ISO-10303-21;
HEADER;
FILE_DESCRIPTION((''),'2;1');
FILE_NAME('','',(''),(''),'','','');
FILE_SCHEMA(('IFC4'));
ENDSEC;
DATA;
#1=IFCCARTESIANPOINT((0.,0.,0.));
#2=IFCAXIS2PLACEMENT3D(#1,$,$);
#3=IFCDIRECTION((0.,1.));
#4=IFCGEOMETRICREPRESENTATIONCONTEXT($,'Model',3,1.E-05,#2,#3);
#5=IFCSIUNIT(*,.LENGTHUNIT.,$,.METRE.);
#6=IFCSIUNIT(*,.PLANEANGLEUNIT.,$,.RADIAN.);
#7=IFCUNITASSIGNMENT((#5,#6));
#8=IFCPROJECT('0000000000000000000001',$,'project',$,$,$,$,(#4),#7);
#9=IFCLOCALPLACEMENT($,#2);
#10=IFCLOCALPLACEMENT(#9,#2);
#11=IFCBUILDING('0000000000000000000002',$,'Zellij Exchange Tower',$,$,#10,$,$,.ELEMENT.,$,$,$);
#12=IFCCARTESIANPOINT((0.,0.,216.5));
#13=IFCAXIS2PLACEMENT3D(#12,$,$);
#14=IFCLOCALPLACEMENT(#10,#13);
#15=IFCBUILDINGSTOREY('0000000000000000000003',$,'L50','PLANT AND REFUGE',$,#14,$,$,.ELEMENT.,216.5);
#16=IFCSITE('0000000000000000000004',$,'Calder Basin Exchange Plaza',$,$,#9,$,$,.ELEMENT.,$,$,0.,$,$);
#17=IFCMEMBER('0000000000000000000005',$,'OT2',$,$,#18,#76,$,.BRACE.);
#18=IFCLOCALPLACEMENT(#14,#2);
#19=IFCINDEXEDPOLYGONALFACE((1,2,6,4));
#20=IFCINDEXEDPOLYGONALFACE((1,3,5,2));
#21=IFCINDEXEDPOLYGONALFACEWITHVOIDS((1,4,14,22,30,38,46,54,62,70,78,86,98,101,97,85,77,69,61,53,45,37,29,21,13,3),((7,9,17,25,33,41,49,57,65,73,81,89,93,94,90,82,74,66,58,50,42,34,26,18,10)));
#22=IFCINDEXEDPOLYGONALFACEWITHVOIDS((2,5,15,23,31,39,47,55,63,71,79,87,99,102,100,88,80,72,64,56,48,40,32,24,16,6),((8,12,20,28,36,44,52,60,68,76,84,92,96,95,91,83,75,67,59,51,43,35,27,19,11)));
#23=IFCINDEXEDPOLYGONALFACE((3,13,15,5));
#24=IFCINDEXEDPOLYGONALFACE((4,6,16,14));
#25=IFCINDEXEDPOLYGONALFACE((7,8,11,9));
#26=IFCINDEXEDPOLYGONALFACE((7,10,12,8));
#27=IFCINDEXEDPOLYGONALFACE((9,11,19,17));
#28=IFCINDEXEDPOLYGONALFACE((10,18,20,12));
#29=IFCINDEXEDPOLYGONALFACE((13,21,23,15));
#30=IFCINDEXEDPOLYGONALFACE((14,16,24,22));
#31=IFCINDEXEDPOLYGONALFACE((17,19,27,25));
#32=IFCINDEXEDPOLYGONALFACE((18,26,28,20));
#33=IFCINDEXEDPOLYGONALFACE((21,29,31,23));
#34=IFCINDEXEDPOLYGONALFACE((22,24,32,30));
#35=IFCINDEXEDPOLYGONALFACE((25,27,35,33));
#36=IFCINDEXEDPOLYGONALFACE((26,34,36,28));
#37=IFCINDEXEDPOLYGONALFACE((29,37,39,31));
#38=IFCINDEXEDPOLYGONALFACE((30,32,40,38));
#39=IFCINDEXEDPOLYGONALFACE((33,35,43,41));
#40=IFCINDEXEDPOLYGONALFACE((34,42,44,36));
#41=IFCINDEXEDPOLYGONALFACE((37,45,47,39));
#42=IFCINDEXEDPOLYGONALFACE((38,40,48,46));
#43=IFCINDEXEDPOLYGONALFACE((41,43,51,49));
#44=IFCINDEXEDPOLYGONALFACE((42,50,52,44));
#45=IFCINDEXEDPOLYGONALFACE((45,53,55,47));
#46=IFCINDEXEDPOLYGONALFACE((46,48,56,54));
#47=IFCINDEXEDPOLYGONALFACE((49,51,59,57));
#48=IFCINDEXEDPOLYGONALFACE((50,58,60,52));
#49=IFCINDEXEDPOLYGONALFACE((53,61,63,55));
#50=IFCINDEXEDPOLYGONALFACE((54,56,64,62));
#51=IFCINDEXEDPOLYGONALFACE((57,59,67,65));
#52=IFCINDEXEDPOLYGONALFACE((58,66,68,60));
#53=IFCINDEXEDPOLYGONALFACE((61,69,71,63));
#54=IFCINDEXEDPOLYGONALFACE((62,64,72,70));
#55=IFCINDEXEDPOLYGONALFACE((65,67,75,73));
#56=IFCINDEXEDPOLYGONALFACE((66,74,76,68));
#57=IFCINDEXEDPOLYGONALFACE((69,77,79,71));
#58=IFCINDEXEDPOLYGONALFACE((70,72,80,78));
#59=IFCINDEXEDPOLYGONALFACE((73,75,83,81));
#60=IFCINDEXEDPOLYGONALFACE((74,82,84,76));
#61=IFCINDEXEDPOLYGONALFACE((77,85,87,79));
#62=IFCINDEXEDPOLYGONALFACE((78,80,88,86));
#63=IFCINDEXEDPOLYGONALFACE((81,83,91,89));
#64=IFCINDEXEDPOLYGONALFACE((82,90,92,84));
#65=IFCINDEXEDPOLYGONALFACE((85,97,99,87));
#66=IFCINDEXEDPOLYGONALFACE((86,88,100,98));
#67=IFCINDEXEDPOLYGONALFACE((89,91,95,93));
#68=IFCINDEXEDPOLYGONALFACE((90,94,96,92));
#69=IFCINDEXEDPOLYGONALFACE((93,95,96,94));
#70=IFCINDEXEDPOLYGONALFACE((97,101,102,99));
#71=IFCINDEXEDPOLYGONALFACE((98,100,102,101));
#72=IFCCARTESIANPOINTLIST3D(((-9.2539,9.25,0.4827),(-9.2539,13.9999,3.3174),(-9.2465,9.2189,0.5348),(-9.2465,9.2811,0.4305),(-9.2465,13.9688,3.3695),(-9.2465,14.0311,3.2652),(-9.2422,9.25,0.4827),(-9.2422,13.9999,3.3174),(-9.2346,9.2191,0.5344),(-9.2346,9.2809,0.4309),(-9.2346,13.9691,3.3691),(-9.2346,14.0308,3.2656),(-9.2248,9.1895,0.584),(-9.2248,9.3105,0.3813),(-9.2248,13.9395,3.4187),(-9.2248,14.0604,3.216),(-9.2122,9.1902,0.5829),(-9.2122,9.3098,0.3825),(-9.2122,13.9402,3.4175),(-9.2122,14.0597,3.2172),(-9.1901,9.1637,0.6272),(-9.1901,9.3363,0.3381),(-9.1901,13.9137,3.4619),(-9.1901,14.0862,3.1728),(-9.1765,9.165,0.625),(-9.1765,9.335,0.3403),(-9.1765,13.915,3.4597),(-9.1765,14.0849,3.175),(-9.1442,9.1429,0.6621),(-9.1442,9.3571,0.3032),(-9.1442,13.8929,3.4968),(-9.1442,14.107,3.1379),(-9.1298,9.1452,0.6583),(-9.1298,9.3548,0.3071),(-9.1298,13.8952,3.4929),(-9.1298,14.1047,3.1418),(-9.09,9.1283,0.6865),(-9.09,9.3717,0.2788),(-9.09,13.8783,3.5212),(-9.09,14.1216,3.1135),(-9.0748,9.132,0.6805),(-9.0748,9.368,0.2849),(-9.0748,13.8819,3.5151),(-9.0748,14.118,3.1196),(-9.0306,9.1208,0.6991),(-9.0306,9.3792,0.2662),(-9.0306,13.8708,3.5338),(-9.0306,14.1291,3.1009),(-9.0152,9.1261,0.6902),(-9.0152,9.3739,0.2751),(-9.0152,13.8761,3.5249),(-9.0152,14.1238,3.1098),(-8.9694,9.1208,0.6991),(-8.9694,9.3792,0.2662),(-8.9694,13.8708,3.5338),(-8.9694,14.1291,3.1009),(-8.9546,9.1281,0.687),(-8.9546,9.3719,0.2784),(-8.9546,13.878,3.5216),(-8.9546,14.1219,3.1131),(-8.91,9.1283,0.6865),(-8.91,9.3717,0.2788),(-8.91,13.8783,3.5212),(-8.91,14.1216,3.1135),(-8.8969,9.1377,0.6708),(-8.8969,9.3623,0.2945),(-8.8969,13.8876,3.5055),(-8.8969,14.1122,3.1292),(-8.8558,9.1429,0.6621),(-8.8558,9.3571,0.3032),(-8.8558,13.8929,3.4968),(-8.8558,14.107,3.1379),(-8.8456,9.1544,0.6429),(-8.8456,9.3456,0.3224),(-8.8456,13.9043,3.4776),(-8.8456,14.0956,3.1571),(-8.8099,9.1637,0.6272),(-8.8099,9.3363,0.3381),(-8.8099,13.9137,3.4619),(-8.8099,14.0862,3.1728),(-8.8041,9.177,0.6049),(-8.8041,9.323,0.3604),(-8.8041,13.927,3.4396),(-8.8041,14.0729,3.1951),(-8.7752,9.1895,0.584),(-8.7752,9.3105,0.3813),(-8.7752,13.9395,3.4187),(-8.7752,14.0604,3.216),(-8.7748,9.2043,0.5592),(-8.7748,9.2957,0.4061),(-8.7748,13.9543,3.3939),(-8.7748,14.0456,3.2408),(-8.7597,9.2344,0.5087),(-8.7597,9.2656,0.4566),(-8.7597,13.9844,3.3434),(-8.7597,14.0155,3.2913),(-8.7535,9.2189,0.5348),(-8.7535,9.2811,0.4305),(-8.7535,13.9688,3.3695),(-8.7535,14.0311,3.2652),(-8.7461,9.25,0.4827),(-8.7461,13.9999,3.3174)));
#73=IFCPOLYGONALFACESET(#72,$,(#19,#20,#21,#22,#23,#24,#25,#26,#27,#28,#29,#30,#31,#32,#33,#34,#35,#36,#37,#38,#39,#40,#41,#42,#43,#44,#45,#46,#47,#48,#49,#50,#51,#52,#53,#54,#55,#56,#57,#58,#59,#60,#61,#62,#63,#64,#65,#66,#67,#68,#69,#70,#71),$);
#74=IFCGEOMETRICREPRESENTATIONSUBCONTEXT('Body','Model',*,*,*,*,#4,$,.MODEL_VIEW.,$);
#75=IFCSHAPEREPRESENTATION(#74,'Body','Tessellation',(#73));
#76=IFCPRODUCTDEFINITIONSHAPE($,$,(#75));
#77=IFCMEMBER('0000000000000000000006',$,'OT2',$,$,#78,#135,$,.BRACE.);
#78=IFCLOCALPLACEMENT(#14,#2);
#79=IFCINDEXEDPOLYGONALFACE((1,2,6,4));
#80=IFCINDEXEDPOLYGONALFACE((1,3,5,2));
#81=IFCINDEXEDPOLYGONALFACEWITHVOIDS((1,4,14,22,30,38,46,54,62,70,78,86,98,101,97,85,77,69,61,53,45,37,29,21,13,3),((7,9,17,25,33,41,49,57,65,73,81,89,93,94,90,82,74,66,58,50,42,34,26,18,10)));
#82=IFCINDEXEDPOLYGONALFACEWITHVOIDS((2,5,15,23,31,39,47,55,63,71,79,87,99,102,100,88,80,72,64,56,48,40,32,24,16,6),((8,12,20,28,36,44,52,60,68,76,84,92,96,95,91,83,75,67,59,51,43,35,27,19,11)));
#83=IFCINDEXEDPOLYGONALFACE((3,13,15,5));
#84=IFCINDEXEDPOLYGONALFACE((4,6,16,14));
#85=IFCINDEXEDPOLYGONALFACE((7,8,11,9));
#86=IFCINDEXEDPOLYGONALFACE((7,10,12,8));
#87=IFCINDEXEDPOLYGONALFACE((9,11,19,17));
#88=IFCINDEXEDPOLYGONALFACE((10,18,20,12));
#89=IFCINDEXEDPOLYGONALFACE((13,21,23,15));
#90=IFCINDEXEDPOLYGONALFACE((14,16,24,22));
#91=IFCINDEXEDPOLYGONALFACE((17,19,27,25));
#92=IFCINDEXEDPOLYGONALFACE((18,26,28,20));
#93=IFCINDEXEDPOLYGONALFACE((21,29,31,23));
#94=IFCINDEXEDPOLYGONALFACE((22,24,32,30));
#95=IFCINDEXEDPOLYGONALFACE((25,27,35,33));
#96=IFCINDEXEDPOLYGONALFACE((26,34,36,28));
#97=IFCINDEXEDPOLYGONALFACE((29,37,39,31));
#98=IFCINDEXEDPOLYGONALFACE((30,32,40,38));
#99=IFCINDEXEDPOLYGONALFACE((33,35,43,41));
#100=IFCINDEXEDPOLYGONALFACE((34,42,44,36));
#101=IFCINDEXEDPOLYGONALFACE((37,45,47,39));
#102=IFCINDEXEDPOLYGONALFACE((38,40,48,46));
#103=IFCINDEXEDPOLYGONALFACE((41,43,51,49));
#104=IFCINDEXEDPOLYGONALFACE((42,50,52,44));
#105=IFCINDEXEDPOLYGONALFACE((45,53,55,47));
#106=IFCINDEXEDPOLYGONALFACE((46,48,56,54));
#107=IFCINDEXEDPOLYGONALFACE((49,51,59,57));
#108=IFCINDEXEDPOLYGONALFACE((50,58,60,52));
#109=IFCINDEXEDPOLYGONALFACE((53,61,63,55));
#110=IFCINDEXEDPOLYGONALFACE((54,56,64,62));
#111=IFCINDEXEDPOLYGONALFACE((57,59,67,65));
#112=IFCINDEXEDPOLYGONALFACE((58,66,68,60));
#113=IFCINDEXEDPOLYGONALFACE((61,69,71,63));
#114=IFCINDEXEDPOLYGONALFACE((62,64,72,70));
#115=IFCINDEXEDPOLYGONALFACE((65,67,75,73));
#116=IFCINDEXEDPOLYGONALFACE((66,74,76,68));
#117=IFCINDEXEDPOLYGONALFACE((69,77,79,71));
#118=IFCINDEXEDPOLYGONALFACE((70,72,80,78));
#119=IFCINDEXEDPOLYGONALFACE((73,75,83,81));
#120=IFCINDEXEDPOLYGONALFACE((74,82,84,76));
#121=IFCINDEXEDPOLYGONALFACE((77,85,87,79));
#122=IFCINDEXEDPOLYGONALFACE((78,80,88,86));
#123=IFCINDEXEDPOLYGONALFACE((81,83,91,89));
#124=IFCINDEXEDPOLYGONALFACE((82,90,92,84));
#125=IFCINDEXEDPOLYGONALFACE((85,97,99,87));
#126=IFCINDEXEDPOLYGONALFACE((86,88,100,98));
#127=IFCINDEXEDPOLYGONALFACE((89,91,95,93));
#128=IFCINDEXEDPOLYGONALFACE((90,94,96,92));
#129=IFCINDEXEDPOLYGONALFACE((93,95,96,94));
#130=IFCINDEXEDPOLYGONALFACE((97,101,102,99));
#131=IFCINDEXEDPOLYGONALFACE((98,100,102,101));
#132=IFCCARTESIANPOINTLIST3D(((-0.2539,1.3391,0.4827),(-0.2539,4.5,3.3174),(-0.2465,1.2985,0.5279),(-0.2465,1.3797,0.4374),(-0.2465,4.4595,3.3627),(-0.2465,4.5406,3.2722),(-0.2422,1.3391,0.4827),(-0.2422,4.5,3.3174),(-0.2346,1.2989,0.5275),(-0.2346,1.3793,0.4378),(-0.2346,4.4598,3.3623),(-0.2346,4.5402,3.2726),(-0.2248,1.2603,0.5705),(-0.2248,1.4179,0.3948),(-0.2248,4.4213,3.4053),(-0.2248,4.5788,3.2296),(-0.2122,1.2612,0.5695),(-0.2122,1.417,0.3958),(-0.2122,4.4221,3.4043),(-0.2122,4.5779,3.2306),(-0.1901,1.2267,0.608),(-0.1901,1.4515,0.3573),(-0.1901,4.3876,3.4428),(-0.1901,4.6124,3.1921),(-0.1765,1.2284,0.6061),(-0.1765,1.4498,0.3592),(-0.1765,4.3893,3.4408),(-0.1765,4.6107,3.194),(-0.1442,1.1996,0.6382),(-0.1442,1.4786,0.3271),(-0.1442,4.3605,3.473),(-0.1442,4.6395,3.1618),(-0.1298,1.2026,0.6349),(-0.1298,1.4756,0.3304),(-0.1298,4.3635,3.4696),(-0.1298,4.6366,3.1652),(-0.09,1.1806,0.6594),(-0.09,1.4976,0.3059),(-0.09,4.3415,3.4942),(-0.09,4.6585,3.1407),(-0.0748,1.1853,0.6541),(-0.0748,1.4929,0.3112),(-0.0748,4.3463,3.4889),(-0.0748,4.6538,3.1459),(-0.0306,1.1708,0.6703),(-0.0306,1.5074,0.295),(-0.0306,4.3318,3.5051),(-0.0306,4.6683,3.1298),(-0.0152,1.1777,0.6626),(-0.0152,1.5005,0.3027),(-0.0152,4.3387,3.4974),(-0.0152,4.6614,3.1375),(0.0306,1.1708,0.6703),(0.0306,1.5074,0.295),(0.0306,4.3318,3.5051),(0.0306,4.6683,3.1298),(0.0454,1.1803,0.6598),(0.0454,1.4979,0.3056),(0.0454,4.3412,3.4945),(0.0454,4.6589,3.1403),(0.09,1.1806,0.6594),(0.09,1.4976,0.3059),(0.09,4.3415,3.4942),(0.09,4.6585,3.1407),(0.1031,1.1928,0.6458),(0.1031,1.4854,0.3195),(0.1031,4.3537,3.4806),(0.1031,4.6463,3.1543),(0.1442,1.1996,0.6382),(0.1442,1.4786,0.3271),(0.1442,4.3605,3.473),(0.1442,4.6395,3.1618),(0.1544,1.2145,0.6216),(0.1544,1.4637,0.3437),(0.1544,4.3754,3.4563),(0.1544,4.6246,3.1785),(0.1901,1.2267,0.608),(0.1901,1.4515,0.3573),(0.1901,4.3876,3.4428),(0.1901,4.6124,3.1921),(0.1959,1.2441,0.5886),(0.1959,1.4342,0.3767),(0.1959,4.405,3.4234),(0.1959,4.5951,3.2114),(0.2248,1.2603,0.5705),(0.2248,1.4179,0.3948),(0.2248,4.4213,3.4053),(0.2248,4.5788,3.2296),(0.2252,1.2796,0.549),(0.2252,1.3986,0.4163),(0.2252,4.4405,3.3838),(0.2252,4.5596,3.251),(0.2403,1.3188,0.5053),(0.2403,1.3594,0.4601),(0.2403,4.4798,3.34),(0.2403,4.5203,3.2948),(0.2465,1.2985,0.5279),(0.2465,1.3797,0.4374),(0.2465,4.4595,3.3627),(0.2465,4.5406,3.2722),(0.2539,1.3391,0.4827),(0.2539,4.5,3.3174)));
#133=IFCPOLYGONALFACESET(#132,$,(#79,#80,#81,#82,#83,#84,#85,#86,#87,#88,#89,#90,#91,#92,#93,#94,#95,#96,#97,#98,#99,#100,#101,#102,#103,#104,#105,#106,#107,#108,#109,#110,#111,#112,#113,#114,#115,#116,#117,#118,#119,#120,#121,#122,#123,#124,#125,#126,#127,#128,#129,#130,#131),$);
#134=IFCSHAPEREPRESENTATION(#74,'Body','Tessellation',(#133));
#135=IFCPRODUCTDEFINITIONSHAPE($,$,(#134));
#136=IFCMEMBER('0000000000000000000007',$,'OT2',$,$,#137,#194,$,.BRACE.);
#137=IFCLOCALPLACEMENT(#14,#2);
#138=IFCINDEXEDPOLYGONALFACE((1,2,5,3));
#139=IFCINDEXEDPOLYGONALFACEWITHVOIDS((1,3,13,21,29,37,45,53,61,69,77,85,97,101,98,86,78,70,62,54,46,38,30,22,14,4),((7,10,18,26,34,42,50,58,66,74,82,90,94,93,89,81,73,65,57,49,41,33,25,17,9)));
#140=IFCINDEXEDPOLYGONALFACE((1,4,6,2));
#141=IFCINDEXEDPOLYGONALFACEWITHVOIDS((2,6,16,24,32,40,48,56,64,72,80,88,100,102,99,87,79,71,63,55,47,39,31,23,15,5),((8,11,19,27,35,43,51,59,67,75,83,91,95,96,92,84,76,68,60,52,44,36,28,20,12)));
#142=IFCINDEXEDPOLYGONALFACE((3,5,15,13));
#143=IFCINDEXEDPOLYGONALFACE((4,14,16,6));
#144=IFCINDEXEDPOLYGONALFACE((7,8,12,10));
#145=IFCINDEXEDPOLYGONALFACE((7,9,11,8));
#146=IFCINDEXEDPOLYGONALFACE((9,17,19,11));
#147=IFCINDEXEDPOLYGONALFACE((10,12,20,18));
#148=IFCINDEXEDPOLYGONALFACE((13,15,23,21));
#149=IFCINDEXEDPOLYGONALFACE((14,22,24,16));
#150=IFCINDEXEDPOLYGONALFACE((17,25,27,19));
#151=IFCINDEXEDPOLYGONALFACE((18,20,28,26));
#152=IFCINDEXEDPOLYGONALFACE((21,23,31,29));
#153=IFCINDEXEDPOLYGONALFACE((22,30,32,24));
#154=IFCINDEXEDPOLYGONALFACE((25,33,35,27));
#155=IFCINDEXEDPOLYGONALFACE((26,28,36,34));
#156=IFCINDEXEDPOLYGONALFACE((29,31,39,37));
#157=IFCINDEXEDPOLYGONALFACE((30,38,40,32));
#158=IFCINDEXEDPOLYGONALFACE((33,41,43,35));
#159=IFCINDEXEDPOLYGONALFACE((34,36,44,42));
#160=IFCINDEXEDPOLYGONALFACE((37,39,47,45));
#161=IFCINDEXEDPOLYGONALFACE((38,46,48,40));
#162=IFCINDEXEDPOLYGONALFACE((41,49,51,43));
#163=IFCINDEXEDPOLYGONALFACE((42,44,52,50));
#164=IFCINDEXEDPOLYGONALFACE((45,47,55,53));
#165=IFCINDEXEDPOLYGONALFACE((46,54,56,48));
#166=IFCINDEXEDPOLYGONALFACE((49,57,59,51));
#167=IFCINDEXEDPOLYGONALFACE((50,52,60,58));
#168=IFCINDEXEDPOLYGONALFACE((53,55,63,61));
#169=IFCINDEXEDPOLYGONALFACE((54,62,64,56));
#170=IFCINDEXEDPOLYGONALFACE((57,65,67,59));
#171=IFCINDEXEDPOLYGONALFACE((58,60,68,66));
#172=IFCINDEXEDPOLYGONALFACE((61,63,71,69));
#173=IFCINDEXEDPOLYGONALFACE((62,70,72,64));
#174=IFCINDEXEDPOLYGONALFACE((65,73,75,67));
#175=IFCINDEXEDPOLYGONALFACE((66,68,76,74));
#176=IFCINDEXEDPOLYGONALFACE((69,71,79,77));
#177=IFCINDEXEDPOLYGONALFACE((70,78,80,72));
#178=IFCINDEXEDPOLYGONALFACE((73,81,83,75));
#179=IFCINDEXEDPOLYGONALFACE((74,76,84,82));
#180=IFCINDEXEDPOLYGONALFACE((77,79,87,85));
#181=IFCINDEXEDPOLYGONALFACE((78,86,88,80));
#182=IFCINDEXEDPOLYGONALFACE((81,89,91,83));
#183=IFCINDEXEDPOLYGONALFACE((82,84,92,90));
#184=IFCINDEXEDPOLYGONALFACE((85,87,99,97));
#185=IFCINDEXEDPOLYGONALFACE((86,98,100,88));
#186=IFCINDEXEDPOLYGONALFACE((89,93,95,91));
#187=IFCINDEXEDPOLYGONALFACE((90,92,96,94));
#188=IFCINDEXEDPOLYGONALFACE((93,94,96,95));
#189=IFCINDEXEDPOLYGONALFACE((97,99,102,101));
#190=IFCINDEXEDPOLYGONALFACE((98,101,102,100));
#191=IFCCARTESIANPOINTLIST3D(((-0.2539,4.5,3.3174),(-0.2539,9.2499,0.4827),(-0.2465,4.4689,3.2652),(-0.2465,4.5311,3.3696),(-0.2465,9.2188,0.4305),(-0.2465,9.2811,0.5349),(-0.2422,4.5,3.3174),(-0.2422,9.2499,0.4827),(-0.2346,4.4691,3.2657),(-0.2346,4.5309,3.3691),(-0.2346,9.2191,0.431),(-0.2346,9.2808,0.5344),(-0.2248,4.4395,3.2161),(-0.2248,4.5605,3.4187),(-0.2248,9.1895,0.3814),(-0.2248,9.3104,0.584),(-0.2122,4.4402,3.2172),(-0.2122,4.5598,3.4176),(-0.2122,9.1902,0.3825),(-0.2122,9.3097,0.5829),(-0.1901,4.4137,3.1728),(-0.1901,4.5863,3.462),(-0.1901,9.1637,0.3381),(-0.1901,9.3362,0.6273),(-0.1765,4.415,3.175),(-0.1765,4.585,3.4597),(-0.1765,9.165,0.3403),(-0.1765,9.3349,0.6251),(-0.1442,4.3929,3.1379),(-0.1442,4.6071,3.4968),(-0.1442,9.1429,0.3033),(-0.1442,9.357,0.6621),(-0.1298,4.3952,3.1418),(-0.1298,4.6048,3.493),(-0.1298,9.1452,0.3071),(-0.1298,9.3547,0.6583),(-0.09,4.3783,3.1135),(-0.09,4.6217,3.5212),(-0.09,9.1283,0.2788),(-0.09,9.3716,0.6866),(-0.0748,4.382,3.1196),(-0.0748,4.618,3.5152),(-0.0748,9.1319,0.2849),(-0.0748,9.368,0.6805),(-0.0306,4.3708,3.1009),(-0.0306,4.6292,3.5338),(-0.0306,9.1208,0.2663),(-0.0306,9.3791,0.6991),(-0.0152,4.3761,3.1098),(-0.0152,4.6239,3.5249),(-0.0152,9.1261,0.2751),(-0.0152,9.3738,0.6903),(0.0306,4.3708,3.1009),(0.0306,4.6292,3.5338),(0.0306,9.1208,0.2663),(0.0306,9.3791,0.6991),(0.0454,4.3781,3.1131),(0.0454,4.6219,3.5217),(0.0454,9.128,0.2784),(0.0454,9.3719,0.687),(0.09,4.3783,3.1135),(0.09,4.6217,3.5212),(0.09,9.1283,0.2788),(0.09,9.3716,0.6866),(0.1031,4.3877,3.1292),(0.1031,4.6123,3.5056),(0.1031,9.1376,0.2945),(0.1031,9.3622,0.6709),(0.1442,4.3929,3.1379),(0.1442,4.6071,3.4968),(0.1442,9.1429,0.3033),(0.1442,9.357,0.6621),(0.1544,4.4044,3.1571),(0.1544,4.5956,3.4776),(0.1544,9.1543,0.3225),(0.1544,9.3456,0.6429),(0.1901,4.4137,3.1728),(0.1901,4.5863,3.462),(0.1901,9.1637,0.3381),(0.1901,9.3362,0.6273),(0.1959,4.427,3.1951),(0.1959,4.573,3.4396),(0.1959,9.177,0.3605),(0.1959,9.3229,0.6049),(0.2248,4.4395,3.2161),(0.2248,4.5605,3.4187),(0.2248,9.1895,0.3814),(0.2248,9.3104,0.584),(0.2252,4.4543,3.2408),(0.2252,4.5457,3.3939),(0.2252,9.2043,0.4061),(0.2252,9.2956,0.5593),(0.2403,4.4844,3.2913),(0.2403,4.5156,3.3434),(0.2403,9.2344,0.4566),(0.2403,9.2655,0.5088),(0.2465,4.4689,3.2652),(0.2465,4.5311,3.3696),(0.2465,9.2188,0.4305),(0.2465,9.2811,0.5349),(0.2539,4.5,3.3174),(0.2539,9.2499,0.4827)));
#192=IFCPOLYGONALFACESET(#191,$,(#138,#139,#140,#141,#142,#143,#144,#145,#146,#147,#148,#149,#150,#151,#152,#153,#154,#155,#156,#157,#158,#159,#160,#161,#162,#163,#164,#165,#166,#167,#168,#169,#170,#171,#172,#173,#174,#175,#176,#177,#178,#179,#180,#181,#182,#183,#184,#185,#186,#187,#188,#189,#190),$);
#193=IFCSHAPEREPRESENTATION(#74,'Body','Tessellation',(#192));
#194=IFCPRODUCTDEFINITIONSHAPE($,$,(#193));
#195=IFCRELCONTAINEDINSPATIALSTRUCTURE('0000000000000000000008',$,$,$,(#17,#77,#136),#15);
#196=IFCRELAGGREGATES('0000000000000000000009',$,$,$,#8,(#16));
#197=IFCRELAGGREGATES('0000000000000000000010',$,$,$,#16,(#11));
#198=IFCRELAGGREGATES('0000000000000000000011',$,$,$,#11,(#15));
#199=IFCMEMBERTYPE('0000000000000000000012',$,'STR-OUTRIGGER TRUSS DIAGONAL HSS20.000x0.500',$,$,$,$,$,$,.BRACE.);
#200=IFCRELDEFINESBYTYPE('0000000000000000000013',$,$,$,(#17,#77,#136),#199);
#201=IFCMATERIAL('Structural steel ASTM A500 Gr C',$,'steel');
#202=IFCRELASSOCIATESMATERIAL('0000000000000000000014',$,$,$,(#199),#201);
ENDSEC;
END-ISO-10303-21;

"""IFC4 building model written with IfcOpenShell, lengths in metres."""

from ifc_helpers import new_model, si_unit, direction, frame, origin, origin_2d, place, context, subcontext, project, spatial, hollow_circle, extrude, material, material_profile, profile_set, type_object, element, save


model = new_model("IFC4")

# Units and contexts
model_context = context("Model", 3, precision=1e-05, world=origin(), true_north=direction((0.0, 1.0)))
body_context = subcontext(model_context, "Body", "Model", "MODEL_VIEW")
ifc_project = project(units=[si_unit("LENGTHUNIT", "METRE"), si_unit("PLANEANGLEUNIT", "RADIAN")], contexts=[model_context])

# Site, building, storey
site_placement = place(None, origin())
site = spatial("IfcSite", under=ifc_project, at=site_placement, Name="Calder Basin Exchange Plaza", CompositionType="ELEMENT", RefElevation=0.0)
building_placement = place(site_placement, origin())
building = spatial("IfcBuilding", under=site, at=building_placement, Name="Zellij Exchange Tower", CompositionType="ELEMENT")
storey_placement = place(building_placement, frame((0.0, 0.0, 216.5)))
storey = spatial("IfcBuildingStorey", under=building, at=storey_placement, Name="L50", Description="PLANT AND REFUGE", CompositionType="ELEMENT", Elevation=216.5)

# Members
ifc_material_1 = material(Name="Structural steel ASTM A500 Gr C", Category="steel")
ifc_material_profile_1 = material_profile(ifc_material_1, hollow_circle(Radius=0.2539, WallThickness=0.0117, at=origin_2d()), Name="STR-OUTRIGGER TRUSS DIAGONAL HSS20.000x0.500")
ifc_profile_set_1 = profile_set([ifc_material_profile_1], Name="Structural steel ASTM A500 Gr C")
member_type_1 = type_object("IfcMemberType", Name="STR-OUTRIGGER TRUSS DIAGONAL HSS20.000x0.500", PredefinedType="BRACE", material=ifc_profile_set_1)
for number, where, z_axis, x_axis, name in (
    (1, (-9.0, 9.25, 0.4827), (0.0, 0.858709, 0.512463), (-1.0, 0.0, 0.0), "OT2"),
):
    element("IfcMember", number, at=place(storey_placement, frame(where, z_axis=z_axis, x_axis=x_axis)), inside=storey, type_object=member_type_1, Name=name, PredefinedType="BRACE", context=body_context, shape_type="SweptSolid", body=[
        extrude(hollow_circle(Radius=0.2539, WallThickness=0.0117, at=origin_2d()), origin(), (0.0, 0.0, 1.0), 5.5315),
    ])
member_placement = place(storey_placement, frame((0.0, 1.3391, 0.4827), z_axis=(0.0, 0.744474, 0.667652), x_axis=(-1.0, 0.0, 0.0)))
element("IfcMember", 2, at=member_placement, inside=storey, type_object=member_type_1, Name="OT2", PredefinedType="BRACE", context=body_context, shape_type="SweptSolid", body=[
    extrude(hollow_circle(Radius=0.2539, WallThickness=0.0117, at=origin_2d()), origin(), (0.0, 0.0, 1.0), 4.2458),
])
for number, where, z_axis, x_axis, name in (
    (3, (0.0, 4.5, 3.3174), (0.0, 0.858709, -0.512463), (-1.0, 0.0, 0.0), "OT2"),
):
    element("IfcMember", number, at=place(storey_placement, frame(where, z_axis=z_axis, x_axis=x_axis)), inside=storey, type_object=member_type_1, Name=name, PredefinedType="BRACE", context=body_context, shape_type="SweptSolid", body=[
        extrude(hollow_circle(Radius=0.2539, WallThickness=0.0117, at=origin_2d()), origin(), (0.0, 0.0, 1.0), 5.5315),
    ])

save(model, "model.ifc")
